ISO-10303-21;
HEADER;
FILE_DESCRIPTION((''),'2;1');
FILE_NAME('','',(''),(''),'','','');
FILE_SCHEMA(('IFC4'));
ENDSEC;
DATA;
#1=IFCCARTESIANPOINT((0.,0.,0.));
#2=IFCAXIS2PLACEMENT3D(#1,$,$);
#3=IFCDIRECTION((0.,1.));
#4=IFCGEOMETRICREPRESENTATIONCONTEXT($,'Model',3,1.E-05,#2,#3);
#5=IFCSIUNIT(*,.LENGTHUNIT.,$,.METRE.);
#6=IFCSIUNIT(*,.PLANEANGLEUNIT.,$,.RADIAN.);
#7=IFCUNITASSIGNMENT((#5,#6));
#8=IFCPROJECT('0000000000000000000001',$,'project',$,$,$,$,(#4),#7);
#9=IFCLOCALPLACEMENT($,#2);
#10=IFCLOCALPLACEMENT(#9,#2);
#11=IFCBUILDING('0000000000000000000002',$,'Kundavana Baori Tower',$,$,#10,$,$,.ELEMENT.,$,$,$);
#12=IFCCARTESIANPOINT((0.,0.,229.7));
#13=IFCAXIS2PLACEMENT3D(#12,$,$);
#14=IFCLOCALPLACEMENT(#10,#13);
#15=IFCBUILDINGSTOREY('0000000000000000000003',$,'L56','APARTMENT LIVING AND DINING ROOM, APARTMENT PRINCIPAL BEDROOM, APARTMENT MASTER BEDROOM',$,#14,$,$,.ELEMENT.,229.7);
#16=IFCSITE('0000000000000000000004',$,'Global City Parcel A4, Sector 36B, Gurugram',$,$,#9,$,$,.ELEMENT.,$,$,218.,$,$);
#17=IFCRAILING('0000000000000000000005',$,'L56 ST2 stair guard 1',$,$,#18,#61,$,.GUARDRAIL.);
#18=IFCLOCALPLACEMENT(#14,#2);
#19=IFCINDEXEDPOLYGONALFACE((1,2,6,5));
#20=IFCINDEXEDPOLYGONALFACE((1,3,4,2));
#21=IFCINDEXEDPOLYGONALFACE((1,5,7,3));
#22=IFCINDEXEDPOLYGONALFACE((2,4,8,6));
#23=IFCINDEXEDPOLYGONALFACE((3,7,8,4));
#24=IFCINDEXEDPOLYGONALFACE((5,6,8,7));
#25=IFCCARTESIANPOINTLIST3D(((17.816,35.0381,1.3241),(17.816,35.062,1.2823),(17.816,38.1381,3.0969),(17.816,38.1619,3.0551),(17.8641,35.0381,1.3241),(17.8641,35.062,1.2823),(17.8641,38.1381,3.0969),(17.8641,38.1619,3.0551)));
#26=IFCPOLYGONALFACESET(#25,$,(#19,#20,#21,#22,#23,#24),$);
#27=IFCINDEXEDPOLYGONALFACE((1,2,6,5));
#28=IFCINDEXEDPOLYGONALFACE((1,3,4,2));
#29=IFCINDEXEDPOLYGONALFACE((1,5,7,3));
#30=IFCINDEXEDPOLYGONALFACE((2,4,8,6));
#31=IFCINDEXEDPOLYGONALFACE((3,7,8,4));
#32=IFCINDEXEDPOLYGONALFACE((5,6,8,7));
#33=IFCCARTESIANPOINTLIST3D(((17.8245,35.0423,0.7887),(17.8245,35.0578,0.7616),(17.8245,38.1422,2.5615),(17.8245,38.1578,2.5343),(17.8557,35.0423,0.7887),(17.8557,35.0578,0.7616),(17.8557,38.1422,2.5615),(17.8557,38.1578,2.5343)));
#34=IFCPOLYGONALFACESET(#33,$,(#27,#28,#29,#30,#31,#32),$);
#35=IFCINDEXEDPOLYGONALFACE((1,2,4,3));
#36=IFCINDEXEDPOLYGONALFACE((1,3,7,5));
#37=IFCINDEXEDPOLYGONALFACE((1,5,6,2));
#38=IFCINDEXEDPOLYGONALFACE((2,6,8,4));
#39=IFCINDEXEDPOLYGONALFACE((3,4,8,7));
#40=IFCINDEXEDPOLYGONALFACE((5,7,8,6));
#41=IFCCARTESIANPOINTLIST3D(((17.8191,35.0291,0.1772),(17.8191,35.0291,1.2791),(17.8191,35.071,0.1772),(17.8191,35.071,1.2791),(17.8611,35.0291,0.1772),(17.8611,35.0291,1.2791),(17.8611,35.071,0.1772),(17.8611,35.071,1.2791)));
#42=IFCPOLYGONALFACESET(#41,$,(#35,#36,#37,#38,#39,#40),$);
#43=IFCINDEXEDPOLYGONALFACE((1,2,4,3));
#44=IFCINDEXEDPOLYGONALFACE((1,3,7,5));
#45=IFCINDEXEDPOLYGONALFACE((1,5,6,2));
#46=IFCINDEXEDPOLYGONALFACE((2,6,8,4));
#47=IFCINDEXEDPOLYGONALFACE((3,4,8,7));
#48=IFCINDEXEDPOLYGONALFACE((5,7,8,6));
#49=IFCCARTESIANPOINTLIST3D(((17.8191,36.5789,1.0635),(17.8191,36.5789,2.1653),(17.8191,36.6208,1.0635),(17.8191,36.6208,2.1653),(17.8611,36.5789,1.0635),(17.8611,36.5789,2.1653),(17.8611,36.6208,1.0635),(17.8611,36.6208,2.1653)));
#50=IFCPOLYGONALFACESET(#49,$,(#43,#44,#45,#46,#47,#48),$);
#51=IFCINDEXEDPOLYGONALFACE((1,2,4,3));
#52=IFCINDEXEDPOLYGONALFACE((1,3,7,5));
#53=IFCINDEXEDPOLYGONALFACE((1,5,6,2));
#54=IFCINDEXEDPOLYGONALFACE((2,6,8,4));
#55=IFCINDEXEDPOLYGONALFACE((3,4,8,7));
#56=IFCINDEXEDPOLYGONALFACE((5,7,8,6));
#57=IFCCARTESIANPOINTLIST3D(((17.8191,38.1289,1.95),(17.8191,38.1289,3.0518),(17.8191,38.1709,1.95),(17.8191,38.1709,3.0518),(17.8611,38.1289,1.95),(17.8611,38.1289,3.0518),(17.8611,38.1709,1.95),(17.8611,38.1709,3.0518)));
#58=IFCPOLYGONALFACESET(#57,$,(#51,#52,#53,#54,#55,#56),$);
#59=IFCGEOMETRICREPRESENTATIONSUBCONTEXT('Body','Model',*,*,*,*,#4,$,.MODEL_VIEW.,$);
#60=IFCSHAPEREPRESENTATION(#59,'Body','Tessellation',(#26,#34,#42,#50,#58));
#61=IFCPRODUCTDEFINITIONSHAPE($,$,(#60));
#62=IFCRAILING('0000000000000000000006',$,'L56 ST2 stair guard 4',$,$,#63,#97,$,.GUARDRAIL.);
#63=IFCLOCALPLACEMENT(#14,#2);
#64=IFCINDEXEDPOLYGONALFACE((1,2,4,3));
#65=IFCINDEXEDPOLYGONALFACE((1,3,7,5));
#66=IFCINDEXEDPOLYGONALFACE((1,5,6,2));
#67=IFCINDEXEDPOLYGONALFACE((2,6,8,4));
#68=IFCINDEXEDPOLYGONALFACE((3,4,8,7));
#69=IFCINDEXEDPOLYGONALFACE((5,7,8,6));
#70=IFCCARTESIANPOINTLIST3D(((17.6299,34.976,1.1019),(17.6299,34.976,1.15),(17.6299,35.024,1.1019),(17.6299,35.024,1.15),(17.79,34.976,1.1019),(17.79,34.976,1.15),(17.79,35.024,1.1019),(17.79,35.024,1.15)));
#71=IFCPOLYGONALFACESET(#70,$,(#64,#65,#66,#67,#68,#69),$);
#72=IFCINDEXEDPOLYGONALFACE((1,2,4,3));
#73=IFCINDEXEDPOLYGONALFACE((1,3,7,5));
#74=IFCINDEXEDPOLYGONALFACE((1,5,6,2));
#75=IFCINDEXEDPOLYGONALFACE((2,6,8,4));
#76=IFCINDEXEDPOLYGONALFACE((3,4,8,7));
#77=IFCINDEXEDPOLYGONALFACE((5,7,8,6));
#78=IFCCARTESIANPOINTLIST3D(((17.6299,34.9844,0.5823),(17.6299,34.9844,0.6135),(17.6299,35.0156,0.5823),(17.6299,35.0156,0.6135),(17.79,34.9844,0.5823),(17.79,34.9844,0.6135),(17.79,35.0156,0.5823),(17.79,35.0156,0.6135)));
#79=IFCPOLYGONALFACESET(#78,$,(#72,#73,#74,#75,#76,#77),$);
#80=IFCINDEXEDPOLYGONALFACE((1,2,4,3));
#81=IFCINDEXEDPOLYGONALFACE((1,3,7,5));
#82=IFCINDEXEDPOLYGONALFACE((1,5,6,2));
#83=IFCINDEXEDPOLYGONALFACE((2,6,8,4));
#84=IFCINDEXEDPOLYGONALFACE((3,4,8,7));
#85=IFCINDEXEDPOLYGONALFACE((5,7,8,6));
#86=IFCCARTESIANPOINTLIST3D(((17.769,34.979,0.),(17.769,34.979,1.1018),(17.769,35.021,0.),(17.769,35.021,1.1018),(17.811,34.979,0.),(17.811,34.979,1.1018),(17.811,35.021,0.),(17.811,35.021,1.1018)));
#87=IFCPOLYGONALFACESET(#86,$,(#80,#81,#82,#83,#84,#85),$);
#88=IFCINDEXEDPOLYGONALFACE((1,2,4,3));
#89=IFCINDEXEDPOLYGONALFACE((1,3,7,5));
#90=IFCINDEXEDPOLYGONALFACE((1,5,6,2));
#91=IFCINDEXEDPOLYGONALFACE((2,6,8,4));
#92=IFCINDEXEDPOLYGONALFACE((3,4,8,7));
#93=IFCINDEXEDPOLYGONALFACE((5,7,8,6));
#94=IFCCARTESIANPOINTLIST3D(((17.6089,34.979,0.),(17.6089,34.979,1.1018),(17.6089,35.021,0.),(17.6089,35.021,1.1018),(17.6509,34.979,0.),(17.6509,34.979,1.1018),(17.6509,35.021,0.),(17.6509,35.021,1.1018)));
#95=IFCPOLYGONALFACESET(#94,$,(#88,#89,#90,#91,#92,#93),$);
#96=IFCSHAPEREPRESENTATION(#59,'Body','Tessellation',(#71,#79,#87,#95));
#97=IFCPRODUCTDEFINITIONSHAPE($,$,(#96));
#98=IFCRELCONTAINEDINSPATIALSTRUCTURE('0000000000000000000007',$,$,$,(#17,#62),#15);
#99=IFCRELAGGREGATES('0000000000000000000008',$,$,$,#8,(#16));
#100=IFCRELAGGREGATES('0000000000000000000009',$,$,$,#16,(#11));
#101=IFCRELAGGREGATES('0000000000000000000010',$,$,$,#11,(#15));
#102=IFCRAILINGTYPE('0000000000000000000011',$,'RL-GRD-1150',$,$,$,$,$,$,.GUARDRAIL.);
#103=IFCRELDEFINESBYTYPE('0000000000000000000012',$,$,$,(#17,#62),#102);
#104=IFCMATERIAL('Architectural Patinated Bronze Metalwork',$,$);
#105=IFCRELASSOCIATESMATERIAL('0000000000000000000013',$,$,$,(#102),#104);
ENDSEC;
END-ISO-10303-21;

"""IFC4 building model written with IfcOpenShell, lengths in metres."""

from ifc_helpers import new_model, si_unit, direction, frame, origin, origin_2d, place, context, subcontext, project, spatial, rectangle, extrude, material, type_object, element, save


model = new_model("IFC4")

# Units and contexts
model_context = context("Model", 3, precision=1e-05, world=origin(), true_north=direction((0.0, 1.0)))
body_context = subcontext(model_context, "Body", "Model", "MODEL_VIEW")
ifc_project = project(units=[si_unit("LENGTHUNIT", "METRE"), si_unit("PLANEANGLEUNIT", "RADIAN")], contexts=[model_context])

# Site, building, storey
site_placement = place(None, origin())
site = spatial("IfcSite", under=ifc_project, at=site_placement, Name="Global City Parcel A4, Sector 36B, Gurugram", CompositionType="ELEMENT", RefElevation=218.0)
building_placement = place(site_placement, origin())
building = spatial("IfcBuilding", under=site, at=building_placement, Name="Kundavana Baori Tower", CompositionType="ELEMENT")
storey_placement = place(building_placement, frame((0.0, 0.0, 229.7)))
storey = spatial("IfcBuildingStorey", under=building, at=storey_placement, Name="L56", Description="APARTMENT LIVING AND DINING ROOM, APARTMENT PRINCIPAL BEDROOM, APARTMENT MASTER BEDROOM", CompositionType="ELEMENT", Elevation=229.7)

# Railings
ifc_material_1 = material(Name="Architectural Patinated Bronze Metalwork")
railing_type = type_object("IfcRailingType", Name="RL-GRD-1150", PredefinedType="GUARDRAIL", material=ifc_material_1)
railing_1_placement = place(storey_placement, frame((17.8401, 35.05, 0.1772)))
element("IfcRailing", 1, at=railing_1_placement, inside=storey, type_object=railing_type, Name="L56 ST2 stair guard 1", PredefinedType="GUARDRAIL", context=body_context, shape_type="SweptSolid", body=[
    extrude(rectangle(XDim=0.0481, YDim=0.0481, at=origin_2d()), frame((0.0, 0.0, 1.126), z_axis=(0.0, 0.868079, 0.496426), x_axis=(-1.0, 0.0, 0.0)), (0.0, 0.0, 1.0), 3.571),
    extrude(rectangle(XDim=0.0312, YDim=0.0312, at=origin_2d()), frame((0.0, 0.0, 0.5979), z_axis=(0.0, 0.868079, 0.496426), x_axis=(-1.0, 0.0, 0.0)), (0.0, 0.0, 1.0), 3.571),
    extrude(rectangle(XDim=0.042, YDim=0.042, at=origin_2d()), origin(), (0.0, 0.0, 1.0), 1.1018),
    extrude(rectangle(XDim=0.042, YDim=0.042, at=origin_2d()), frame((0.0, 1.5498, 0.8862)), (0.0, 0.0, 1.0), 1.1018),
    extrude(rectangle(XDim=0.042, YDim=0.042, at=origin_2d()), frame((0.0, 3.0999, 1.7727)), (0.0, 0.0, 1.0), 1.1018),
])
railing_2_placement = place(storey_placement, frame((17.79, 35.0, 0.0)))
element("IfcRailing", 2, at=railing_2_placement, inside=storey, type_object=railing_type, Name="L56 ST2 stair guard 4", PredefinedType="GUARDRAIL", context=body_context, shape_type="SweptSolid", body=[
    extrude(rectangle(XDim=0.0481, YDim=0.0481, at=origin_2d()), frame((0.0, 0.0, 1.126), z_axis=(-1.0, 0.0, 0.0), x_axis=(0.0, -1.0, 0.0)), (0.0, 0.0, 1.0), 0.1602),
    extrude(rectangle(XDim=0.0312, YDim=0.0312, at=origin_2d()), frame((0.0, 0.0, 0.5979), z_axis=(-1.0, 0.0, 0.0), x_axis=(0.0, -1.0, 0.0)), (0.0, 0.0, 1.0), 0.1602),
    extrude(rectangle(XDim=0.042, YDim=0.042, at=origin_2d()), origin(), (0.0, 0.0, 1.0), 1.1018),
    extrude(rectangle(XDim=0.042, YDim=0.042, at=origin_2d()), frame((-0.1602, 0.0, 0.0)), (0.0, 0.0, 1.0), 1.1018),
])

save(model, "model.ifc")
